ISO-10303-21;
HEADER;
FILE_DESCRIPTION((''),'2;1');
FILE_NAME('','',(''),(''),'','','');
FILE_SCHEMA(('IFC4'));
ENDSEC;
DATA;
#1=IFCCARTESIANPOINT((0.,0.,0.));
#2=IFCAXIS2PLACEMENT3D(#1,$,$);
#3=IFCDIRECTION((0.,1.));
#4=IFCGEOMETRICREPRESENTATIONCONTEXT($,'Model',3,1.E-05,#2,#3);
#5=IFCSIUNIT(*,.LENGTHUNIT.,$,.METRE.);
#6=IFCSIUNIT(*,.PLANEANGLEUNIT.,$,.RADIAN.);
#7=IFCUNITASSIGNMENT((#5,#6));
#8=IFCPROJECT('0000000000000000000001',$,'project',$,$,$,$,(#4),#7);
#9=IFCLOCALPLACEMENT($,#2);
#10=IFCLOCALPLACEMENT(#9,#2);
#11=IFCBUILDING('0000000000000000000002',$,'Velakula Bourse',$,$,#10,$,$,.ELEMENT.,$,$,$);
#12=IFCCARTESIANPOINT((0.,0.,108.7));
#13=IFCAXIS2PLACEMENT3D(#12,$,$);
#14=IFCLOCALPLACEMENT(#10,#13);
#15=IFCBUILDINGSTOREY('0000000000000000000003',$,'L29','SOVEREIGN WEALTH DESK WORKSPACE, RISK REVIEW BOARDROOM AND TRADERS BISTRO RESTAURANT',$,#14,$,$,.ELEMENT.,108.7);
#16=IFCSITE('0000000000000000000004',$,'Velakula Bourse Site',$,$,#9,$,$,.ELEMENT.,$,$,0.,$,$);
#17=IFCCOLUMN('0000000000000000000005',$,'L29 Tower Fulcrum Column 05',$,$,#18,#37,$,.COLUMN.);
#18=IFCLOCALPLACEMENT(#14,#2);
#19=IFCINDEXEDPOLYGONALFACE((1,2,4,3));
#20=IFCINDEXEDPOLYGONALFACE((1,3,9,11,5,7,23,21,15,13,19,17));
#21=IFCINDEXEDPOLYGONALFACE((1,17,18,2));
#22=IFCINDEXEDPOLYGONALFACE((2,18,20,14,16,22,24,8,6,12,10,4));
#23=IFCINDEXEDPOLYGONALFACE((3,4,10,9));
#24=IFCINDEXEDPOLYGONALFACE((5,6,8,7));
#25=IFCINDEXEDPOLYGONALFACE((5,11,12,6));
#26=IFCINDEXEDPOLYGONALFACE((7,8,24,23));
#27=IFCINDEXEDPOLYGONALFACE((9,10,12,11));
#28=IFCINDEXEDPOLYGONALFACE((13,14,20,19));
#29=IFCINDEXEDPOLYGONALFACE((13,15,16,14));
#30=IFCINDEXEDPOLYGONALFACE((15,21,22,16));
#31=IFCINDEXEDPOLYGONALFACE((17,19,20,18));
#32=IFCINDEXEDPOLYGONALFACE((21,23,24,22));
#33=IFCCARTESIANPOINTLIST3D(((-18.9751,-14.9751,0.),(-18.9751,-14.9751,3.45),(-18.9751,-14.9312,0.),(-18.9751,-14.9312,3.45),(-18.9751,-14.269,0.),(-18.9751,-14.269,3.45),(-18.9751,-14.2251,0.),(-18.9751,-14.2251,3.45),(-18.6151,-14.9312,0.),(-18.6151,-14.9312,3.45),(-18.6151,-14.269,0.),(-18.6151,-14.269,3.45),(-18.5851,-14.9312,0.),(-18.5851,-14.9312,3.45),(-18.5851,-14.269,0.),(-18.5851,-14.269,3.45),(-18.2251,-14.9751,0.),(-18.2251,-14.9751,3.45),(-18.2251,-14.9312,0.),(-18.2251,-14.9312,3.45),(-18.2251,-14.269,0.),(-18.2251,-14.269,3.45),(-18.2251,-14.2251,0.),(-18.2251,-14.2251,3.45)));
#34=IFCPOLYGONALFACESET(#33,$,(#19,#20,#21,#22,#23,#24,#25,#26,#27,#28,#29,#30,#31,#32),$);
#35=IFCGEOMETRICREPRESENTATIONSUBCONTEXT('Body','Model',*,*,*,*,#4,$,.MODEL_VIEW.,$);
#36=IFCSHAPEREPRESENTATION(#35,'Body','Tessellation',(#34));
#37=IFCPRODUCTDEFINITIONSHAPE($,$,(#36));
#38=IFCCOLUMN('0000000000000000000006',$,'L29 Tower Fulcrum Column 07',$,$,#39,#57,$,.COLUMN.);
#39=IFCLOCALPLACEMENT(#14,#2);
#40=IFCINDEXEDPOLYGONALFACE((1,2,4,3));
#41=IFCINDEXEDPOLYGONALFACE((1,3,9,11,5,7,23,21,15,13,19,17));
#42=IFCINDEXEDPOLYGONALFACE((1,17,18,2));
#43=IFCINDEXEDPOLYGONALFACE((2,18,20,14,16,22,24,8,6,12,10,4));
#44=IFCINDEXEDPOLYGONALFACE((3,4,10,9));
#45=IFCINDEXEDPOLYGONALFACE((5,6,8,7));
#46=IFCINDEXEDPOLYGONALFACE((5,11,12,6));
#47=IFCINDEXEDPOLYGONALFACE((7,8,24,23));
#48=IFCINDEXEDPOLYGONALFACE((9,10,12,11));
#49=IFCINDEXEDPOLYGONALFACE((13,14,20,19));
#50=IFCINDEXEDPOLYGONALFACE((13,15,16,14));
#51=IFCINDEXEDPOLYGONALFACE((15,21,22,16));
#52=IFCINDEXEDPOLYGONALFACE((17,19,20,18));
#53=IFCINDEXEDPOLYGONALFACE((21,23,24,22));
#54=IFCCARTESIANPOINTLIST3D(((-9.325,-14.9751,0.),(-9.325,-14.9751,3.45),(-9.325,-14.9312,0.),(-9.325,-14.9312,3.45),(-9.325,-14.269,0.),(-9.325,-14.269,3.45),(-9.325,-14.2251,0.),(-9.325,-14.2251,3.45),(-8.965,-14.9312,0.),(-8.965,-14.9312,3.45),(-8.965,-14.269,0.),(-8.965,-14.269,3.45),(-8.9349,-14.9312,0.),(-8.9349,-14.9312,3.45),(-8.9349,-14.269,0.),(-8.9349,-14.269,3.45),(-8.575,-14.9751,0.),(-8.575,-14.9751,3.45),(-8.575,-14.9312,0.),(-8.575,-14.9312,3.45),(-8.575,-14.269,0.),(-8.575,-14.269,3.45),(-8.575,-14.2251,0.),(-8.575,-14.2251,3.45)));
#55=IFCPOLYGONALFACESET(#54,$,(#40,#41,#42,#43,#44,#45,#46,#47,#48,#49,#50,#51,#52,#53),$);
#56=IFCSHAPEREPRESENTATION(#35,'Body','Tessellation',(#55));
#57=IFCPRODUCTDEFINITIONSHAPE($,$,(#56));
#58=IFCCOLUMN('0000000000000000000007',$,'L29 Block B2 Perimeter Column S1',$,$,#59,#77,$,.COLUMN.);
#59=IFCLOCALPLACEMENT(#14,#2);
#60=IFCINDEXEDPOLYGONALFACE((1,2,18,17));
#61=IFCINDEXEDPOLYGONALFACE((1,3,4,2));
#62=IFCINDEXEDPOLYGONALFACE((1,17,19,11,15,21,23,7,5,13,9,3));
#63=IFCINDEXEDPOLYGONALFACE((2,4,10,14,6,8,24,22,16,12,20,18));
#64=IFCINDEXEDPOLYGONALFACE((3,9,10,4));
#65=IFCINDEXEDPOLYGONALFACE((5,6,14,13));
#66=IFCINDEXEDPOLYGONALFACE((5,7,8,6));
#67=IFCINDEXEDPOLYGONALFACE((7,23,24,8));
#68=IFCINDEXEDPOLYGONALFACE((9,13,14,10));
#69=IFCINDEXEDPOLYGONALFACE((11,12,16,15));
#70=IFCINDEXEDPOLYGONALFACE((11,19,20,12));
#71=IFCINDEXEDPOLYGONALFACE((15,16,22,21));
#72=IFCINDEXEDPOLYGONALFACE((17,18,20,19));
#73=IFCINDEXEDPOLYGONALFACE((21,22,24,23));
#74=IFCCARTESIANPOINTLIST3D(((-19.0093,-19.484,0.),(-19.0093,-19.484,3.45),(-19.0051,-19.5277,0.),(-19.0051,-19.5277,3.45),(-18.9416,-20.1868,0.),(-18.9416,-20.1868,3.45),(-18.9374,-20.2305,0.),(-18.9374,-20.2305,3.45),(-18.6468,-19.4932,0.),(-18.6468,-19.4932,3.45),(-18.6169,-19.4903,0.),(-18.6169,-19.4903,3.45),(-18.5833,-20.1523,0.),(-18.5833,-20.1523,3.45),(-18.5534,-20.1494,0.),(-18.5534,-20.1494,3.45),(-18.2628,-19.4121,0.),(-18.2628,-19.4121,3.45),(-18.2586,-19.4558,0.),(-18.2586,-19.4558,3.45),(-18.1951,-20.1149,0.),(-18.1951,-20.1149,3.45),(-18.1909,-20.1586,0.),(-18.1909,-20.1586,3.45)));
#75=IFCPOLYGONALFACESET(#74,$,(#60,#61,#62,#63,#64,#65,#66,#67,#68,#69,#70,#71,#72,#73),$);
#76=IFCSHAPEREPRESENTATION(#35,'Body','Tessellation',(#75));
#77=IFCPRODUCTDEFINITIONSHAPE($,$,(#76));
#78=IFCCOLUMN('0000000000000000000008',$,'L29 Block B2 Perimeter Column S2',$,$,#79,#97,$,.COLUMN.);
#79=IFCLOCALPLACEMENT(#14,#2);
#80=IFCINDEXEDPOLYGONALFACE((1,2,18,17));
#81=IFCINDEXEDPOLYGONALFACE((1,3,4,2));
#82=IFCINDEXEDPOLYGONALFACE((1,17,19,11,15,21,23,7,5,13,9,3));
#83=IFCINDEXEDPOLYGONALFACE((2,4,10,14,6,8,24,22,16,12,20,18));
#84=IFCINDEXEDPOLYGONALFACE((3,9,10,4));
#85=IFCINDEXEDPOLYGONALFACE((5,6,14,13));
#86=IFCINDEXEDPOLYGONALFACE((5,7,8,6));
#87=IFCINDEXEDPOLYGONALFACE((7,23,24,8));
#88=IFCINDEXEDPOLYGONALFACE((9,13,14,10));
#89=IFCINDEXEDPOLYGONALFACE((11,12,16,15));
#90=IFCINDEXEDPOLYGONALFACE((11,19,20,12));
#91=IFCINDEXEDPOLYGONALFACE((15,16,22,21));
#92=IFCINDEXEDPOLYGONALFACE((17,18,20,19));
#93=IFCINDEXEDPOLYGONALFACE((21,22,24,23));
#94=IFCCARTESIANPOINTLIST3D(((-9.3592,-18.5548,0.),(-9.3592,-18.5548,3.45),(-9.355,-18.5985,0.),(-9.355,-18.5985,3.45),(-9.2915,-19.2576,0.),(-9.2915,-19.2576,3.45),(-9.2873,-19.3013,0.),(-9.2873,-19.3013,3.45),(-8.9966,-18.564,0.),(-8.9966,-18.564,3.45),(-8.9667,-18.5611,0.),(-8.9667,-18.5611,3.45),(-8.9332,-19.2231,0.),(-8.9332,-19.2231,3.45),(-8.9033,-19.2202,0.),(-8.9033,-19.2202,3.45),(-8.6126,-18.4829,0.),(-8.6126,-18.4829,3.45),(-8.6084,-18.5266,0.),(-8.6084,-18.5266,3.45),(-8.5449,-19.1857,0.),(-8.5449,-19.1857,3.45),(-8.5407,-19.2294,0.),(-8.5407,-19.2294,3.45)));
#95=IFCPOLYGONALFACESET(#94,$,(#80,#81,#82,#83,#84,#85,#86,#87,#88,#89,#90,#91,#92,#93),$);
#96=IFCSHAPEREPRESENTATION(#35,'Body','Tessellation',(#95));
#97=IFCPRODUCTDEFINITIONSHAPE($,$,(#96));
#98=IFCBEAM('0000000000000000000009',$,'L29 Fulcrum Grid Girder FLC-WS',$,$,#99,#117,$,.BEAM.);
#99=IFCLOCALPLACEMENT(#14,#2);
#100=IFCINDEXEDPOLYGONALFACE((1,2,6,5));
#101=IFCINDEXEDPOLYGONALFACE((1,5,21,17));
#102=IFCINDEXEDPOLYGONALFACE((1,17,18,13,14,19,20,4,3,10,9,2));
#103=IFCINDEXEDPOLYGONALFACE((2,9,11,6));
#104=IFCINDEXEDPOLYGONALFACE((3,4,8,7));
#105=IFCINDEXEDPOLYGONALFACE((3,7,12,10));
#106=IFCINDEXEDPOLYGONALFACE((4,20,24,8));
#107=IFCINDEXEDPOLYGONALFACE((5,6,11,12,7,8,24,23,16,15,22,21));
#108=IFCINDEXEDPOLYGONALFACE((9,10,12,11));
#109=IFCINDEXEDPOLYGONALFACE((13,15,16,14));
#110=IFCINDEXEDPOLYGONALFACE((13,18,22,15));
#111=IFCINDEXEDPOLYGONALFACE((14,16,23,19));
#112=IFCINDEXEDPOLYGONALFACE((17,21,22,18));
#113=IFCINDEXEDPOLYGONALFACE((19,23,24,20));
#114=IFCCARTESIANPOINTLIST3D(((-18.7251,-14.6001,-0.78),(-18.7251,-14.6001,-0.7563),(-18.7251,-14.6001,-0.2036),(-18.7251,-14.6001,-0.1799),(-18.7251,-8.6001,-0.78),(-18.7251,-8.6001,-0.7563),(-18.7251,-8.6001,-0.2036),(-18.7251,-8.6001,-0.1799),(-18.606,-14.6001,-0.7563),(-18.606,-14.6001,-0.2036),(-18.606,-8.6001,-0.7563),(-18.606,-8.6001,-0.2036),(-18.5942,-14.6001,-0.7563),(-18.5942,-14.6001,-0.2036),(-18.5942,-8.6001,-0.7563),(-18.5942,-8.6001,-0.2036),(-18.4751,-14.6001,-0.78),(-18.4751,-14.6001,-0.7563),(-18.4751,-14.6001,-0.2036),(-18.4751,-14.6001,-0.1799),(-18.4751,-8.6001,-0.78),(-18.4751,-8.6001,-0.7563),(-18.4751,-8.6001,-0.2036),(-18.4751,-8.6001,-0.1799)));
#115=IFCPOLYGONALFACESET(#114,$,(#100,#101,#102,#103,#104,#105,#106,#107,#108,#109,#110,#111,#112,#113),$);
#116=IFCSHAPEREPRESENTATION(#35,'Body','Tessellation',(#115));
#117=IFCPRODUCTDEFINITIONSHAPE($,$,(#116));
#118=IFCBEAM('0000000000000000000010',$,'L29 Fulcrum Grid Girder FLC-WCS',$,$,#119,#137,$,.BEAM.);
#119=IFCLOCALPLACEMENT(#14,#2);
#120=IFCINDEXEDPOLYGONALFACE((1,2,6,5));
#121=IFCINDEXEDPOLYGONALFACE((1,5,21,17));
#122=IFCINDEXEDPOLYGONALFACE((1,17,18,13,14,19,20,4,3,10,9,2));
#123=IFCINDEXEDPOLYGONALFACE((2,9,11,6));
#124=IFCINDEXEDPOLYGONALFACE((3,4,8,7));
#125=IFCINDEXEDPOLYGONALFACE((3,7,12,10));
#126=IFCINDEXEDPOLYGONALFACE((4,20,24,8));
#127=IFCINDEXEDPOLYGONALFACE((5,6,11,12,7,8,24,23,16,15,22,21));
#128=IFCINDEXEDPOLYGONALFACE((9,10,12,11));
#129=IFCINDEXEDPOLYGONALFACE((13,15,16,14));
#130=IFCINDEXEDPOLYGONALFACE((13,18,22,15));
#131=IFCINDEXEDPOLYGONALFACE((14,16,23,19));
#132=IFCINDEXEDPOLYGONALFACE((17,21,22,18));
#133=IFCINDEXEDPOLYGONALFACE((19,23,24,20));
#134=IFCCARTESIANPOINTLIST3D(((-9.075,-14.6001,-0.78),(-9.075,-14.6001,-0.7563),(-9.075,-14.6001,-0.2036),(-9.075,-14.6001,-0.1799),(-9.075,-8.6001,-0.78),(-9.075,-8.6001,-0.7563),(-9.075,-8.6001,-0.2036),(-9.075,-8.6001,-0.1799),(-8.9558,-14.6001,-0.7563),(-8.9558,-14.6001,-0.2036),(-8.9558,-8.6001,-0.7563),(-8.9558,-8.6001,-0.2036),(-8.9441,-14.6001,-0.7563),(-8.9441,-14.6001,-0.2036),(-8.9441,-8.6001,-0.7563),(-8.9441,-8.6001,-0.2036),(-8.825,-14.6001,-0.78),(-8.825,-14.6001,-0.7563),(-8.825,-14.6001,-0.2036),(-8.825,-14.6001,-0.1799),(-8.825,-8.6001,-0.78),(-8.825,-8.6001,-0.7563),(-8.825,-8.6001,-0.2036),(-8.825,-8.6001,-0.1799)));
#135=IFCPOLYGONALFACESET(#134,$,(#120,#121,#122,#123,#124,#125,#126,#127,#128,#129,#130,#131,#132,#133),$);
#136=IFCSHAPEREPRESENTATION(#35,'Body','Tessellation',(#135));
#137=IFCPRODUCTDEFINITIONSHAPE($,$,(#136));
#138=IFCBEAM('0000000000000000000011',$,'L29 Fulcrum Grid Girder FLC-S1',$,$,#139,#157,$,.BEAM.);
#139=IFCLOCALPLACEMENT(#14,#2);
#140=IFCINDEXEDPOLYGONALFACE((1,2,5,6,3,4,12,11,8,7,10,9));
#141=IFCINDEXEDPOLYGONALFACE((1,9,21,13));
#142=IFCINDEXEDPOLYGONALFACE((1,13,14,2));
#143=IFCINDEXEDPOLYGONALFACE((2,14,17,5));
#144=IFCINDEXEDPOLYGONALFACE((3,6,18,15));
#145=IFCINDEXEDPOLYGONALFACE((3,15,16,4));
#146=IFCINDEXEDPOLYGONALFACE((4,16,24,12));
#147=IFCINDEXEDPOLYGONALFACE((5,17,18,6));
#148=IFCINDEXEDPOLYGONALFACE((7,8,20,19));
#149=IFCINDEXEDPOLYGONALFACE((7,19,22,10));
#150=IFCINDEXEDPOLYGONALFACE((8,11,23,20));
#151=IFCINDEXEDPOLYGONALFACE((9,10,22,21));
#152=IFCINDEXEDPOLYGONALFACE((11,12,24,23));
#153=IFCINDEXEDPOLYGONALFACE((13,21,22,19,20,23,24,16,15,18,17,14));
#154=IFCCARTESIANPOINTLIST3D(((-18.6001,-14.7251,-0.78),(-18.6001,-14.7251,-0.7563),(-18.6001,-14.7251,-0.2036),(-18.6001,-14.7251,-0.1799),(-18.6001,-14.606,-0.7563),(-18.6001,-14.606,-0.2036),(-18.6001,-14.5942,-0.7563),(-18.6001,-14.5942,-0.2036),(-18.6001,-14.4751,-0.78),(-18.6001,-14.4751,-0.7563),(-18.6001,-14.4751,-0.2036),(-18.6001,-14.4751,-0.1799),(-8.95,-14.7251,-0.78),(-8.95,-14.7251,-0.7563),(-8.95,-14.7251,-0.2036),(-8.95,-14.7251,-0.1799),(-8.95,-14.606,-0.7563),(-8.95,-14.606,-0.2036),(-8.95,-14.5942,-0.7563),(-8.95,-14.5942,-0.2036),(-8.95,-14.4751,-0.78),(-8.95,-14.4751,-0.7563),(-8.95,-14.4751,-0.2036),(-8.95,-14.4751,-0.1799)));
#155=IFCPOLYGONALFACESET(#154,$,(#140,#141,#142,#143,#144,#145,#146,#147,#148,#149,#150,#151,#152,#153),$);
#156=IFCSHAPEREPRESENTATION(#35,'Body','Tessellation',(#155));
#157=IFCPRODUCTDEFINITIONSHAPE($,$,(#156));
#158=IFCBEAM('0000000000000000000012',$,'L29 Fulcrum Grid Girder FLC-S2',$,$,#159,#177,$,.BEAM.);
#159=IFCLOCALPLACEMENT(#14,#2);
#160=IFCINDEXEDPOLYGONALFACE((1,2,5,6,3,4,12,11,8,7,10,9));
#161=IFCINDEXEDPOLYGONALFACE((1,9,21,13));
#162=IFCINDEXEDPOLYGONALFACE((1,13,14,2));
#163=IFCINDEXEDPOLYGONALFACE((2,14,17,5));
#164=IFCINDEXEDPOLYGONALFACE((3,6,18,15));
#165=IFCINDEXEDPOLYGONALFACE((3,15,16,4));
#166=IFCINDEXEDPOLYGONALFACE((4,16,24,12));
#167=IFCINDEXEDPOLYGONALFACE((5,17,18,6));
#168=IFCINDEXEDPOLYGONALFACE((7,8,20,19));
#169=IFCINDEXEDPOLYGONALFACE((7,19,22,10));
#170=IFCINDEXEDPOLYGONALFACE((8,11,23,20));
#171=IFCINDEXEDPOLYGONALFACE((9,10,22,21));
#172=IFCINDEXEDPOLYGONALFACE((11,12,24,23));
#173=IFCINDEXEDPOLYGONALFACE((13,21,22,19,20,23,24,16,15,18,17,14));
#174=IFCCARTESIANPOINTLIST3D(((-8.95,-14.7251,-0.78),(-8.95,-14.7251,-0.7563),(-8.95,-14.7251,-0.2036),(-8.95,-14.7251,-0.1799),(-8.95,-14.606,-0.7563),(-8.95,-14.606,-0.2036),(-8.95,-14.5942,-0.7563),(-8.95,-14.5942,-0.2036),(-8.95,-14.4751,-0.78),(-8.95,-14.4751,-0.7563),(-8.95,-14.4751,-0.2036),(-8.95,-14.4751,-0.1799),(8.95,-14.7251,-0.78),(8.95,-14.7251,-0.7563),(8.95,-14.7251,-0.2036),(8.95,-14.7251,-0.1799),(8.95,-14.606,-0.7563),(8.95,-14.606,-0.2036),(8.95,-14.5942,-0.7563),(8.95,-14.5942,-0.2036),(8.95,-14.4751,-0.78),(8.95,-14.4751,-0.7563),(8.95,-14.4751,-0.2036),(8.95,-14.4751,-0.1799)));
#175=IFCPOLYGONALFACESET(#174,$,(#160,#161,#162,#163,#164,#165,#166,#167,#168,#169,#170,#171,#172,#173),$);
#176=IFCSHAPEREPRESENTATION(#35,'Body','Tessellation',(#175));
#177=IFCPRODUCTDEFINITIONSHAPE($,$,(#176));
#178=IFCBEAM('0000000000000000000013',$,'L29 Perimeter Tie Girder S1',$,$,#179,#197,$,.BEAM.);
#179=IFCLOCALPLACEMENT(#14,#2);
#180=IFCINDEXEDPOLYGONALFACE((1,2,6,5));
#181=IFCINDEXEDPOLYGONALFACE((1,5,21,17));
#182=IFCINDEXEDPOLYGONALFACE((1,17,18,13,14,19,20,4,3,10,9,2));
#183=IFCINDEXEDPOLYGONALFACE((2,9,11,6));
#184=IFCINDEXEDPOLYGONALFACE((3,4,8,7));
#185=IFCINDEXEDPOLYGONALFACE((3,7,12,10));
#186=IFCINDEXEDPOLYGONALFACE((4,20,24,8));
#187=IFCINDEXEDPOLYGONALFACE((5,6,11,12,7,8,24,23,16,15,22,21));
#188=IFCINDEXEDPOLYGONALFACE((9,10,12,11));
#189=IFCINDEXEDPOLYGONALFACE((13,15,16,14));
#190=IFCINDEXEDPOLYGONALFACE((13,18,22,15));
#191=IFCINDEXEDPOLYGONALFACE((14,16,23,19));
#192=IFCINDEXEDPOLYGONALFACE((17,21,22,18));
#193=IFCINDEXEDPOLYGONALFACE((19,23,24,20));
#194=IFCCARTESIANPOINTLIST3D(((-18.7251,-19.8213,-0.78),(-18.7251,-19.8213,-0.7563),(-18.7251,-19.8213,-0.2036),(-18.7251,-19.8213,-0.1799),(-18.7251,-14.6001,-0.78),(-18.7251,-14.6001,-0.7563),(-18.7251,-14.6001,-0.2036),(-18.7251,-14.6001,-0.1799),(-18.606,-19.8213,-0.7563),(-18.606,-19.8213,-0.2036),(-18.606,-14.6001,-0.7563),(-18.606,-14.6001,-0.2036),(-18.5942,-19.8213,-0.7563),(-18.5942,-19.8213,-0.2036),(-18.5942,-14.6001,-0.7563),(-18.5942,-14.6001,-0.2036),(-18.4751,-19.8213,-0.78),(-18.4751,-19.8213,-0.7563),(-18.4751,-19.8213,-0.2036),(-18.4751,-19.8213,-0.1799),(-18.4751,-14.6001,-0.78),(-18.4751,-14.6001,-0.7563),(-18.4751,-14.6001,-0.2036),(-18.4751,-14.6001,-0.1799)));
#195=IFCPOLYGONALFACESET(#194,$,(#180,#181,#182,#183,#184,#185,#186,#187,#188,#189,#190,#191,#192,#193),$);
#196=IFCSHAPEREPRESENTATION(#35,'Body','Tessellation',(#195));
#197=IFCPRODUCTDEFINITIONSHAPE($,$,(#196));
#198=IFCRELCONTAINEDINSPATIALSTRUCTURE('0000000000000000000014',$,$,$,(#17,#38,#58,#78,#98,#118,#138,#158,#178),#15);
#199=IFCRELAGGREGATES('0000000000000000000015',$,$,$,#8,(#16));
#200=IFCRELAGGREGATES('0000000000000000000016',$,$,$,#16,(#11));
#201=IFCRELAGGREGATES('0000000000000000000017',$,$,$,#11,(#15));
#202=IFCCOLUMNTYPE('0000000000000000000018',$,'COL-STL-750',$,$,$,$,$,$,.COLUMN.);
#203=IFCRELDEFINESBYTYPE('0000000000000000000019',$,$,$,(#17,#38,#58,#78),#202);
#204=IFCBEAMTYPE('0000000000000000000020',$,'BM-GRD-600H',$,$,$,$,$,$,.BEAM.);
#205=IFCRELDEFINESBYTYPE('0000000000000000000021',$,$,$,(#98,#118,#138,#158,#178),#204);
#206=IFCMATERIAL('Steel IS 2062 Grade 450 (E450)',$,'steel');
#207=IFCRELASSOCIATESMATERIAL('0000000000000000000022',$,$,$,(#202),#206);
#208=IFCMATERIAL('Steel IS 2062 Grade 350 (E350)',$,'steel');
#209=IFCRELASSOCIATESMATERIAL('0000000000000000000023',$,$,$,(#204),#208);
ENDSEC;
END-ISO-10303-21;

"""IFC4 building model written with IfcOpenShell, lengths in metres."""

from ifc_helpers import new_model, si_unit, direction, frame, origin, origin_2d, place, context, subcontext, project, spatial, i_section, extrude, material, material_profile, profile_set, type_object, element, save


model = new_model("IFC4")

# Units and contexts
model_context = context("Model", 3, precision=1e-05, world=origin(), true_north=direction((0.0, 1.0)))
body_context = subcontext(model_context, "Body", "Model", "MODEL_VIEW")
ifc_project = project(units=[si_unit("LENGTHUNIT", "METRE"), si_unit("PLANEANGLEUNIT", "RADIAN")], contexts=[model_context])

# Site, building, storey
site_placement = place(None, origin())
site = spatial("IfcSite", under=ifc_project, at=site_placement, Name="Velakula Bourse Site", CompositionType="ELEMENT", RefElevation=0.0)
building_placement = place(site_placement, origin())
building = spatial("IfcBuilding", under=site, at=building_placement, Name="Velakula Bourse", CompositionType="ELEMENT")
storey_placement = place(building_placement, frame((0.0, 0.0, 108.7)))
storey = spatial("IfcBuildingStorey", under=building, at=storey_placement, Name="L29", Description="SOVEREIGN WEALTH DESK WORKSPACE, RISK REVIEW BOARDROOM AND TRADERS BISTRO RESTAURANT", CompositionType="ELEMENT", Elevation=108.7)

# Columns
ifc_material_1 = material(Name="Steel IS 2062 Grade 450 (E450)", Category="steel")
ifc_material_profile_1 = material_profile(ifc_material_1, i_section(OverallWidth=0.75, OverallDepth=0.75, WebThickness=0.03, FlangeThickness=0.0439, at=origin_2d()), Name="Steel IS 2062 Grade 450 (E450)")
ifc_profile_set_1 = profile_set([ifc_material_profile_1], Name="Steel IS 2062 Grade 450 (E450)")
column_type = type_object("IfcColumnType", Name="COL-STL-750", PredefinedType="COLUMN", material=ifc_profile_set_1)
for number, where, z_axis, x_axis, name in (
    (1, (-18.6001, -14.6001, 0.0), (0.0, 0.0, 1.0), (1.0, 0.0, 0.0), "L29 Tower Fulcrum Column 05"),
    (2, (-8.95, -14.6001, 0.0), (0.0, 0.0, 1.0), (1.0, 0.0, 0.0), "L29 Tower Fulcrum Column 07"),
    (3, (-18.6001, -19.8213, 0.0), (0.0, 0.0, 1.0), (0.995396, 0.095846, 0.0), "L29 Block B2 Perimeter Column S1"),
    (4, (-8.95, -18.8921, 0.0), (0.0, 0.0, 1.0), (0.995396, 0.095846, 0.0), "L29 Block B2 Perimeter Column S2"),
):
    element("IfcColumn", number, at=place(storey_placement, frame(where, z_axis=z_axis, x_axis=x_axis)), inside=storey, type_object=column_type, Name=name, PredefinedType="COLUMN", context=body_context, shape_type="SweptSolid", body=[
        extrude(i_section(OverallWidth=0.75, OverallDepth=0.75, WebThickness=0.03, FlangeThickness=0.0439, at=origin_2d()), origin(), (0.0, 0.0, 1.0), 3.45),
    ])

# Beams
ifc_material_2 = material(Name="Steel IS 2062 Grade 350 (E350)", Category="steel")
ifc_material_profile_2 = material_profile(ifc_material_2, i_section(OverallWidth=0.25, OverallDepth=0.6001, WebThickness=0.0117, FlangeThickness=0.0237, at=origin_2d()), Name="Steel IS 2062 Grade 350 (E350)")
ifc_profile_set_2 = profile_set([ifc_material_profile_2], Name="Steel IS 2062 Grade 350 (E350)")
beam_type_1 = type_object("IfcBeamType", Name="BM-GRD-600H", PredefinedType="BEAM", material=ifc_profile_set_2)
for number, where, z_axis, x_axis, name in (
    (5, (-18.6001, -14.6001, -0.48), (0.0, 1.0, 0.0), (-1.0, 0.0, 0.0), "L29 Fulcrum Grid Girder FLC-WS"),
    (6, (-8.95, -14.6001, -0.48), (0.0, 1.0, 0.0), (-1.0, 0.0, 0.0), "L29 Fulcrum Grid Girder FLC-WCS"),
):
    element("IfcBeam", number, at=place(storey_placement, frame(where, z_axis=z_axis, x_axis=x_axis)), inside=storey, type_object=beam_type_1, Name=name, PredefinedType="BEAM", context=body_context, shape_type="SweptSolid", body=[
        extrude(i_section(OverallWidth=0.25, OverallDepth=0.6001, WebThickness=0.0117, FlangeThickness=0.0237, at=origin_2d()), origin(), (0.0, 0.0, 1.0), 6.0),
    ])
beam_1_placement = place(storey_placement, frame((-18.6001, -14.6001, -0.48), z_axis=(1.0, 0.0, 0.0), x_axis=(0.0, 1.0, 0.0)))
element("IfcBeam", 7, at=beam_1_placement, inside=storey, type_object=beam_type_1, Name="L29 Fulcrum Grid Girder FLC-S1", PredefinedType="BEAM", context=body_context, shape_type="SweptSolid", body=[
    extrude(i_section(OverallWidth=0.25, OverallDepth=0.6001, WebThickness=0.0117, FlangeThickness=0.0237, at=origin_2d()), origin(), (0.0, 0.0, 1.0), 9.6501),
])
beam_2_placement = place(storey_placement, frame((-8.95, -14.6001, -0.48), z_axis=(1.0, 0.0, 0.0), x_axis=(0.0, 1.0, 0.0)))
element("IfcBeam", 8, at=beam_2_placement, inside=storey, type_object=beam_type_1, Name="L29 Fulcrum Grid Girder FLC-S2", PredefinedType="BEAM", context=body_context, shape_type="SweptSolid", body=[
    extrude(i_section(OverallWidth=0.25, OverallDepth=0.6001, WebThickness=0.0117, FlangeThickness=0.0237, at=origin_2d()), origin(), (0.0, 0.0, 1.0), 17.8999),
])
beam_3_placement = place(storey_placement, frame((-18.6001, -14.6001, -0.48), z_axis=(0.0, -1.0, 0.0), x_axis=(1.0, 0.0, 0.0)))
element("IfcBeam", 9, at=beam_3_placement, inside=storey, type_object=beam_type_1, Name="L29 Perimeter Tie Girder S1", PredefinedType="BEAM", context=body_context, shape_type="SweptSolid", body=[
    extrude(i_section(OverallWidth=0.25, OverallDepth=0.6001, WebThickness=0.0117, FlangeThickness=0.0237, at=origin_2d()), origin(), (0.0, 0.0, 1.0), 5.2212),
])

save(model, "model.ifc")
